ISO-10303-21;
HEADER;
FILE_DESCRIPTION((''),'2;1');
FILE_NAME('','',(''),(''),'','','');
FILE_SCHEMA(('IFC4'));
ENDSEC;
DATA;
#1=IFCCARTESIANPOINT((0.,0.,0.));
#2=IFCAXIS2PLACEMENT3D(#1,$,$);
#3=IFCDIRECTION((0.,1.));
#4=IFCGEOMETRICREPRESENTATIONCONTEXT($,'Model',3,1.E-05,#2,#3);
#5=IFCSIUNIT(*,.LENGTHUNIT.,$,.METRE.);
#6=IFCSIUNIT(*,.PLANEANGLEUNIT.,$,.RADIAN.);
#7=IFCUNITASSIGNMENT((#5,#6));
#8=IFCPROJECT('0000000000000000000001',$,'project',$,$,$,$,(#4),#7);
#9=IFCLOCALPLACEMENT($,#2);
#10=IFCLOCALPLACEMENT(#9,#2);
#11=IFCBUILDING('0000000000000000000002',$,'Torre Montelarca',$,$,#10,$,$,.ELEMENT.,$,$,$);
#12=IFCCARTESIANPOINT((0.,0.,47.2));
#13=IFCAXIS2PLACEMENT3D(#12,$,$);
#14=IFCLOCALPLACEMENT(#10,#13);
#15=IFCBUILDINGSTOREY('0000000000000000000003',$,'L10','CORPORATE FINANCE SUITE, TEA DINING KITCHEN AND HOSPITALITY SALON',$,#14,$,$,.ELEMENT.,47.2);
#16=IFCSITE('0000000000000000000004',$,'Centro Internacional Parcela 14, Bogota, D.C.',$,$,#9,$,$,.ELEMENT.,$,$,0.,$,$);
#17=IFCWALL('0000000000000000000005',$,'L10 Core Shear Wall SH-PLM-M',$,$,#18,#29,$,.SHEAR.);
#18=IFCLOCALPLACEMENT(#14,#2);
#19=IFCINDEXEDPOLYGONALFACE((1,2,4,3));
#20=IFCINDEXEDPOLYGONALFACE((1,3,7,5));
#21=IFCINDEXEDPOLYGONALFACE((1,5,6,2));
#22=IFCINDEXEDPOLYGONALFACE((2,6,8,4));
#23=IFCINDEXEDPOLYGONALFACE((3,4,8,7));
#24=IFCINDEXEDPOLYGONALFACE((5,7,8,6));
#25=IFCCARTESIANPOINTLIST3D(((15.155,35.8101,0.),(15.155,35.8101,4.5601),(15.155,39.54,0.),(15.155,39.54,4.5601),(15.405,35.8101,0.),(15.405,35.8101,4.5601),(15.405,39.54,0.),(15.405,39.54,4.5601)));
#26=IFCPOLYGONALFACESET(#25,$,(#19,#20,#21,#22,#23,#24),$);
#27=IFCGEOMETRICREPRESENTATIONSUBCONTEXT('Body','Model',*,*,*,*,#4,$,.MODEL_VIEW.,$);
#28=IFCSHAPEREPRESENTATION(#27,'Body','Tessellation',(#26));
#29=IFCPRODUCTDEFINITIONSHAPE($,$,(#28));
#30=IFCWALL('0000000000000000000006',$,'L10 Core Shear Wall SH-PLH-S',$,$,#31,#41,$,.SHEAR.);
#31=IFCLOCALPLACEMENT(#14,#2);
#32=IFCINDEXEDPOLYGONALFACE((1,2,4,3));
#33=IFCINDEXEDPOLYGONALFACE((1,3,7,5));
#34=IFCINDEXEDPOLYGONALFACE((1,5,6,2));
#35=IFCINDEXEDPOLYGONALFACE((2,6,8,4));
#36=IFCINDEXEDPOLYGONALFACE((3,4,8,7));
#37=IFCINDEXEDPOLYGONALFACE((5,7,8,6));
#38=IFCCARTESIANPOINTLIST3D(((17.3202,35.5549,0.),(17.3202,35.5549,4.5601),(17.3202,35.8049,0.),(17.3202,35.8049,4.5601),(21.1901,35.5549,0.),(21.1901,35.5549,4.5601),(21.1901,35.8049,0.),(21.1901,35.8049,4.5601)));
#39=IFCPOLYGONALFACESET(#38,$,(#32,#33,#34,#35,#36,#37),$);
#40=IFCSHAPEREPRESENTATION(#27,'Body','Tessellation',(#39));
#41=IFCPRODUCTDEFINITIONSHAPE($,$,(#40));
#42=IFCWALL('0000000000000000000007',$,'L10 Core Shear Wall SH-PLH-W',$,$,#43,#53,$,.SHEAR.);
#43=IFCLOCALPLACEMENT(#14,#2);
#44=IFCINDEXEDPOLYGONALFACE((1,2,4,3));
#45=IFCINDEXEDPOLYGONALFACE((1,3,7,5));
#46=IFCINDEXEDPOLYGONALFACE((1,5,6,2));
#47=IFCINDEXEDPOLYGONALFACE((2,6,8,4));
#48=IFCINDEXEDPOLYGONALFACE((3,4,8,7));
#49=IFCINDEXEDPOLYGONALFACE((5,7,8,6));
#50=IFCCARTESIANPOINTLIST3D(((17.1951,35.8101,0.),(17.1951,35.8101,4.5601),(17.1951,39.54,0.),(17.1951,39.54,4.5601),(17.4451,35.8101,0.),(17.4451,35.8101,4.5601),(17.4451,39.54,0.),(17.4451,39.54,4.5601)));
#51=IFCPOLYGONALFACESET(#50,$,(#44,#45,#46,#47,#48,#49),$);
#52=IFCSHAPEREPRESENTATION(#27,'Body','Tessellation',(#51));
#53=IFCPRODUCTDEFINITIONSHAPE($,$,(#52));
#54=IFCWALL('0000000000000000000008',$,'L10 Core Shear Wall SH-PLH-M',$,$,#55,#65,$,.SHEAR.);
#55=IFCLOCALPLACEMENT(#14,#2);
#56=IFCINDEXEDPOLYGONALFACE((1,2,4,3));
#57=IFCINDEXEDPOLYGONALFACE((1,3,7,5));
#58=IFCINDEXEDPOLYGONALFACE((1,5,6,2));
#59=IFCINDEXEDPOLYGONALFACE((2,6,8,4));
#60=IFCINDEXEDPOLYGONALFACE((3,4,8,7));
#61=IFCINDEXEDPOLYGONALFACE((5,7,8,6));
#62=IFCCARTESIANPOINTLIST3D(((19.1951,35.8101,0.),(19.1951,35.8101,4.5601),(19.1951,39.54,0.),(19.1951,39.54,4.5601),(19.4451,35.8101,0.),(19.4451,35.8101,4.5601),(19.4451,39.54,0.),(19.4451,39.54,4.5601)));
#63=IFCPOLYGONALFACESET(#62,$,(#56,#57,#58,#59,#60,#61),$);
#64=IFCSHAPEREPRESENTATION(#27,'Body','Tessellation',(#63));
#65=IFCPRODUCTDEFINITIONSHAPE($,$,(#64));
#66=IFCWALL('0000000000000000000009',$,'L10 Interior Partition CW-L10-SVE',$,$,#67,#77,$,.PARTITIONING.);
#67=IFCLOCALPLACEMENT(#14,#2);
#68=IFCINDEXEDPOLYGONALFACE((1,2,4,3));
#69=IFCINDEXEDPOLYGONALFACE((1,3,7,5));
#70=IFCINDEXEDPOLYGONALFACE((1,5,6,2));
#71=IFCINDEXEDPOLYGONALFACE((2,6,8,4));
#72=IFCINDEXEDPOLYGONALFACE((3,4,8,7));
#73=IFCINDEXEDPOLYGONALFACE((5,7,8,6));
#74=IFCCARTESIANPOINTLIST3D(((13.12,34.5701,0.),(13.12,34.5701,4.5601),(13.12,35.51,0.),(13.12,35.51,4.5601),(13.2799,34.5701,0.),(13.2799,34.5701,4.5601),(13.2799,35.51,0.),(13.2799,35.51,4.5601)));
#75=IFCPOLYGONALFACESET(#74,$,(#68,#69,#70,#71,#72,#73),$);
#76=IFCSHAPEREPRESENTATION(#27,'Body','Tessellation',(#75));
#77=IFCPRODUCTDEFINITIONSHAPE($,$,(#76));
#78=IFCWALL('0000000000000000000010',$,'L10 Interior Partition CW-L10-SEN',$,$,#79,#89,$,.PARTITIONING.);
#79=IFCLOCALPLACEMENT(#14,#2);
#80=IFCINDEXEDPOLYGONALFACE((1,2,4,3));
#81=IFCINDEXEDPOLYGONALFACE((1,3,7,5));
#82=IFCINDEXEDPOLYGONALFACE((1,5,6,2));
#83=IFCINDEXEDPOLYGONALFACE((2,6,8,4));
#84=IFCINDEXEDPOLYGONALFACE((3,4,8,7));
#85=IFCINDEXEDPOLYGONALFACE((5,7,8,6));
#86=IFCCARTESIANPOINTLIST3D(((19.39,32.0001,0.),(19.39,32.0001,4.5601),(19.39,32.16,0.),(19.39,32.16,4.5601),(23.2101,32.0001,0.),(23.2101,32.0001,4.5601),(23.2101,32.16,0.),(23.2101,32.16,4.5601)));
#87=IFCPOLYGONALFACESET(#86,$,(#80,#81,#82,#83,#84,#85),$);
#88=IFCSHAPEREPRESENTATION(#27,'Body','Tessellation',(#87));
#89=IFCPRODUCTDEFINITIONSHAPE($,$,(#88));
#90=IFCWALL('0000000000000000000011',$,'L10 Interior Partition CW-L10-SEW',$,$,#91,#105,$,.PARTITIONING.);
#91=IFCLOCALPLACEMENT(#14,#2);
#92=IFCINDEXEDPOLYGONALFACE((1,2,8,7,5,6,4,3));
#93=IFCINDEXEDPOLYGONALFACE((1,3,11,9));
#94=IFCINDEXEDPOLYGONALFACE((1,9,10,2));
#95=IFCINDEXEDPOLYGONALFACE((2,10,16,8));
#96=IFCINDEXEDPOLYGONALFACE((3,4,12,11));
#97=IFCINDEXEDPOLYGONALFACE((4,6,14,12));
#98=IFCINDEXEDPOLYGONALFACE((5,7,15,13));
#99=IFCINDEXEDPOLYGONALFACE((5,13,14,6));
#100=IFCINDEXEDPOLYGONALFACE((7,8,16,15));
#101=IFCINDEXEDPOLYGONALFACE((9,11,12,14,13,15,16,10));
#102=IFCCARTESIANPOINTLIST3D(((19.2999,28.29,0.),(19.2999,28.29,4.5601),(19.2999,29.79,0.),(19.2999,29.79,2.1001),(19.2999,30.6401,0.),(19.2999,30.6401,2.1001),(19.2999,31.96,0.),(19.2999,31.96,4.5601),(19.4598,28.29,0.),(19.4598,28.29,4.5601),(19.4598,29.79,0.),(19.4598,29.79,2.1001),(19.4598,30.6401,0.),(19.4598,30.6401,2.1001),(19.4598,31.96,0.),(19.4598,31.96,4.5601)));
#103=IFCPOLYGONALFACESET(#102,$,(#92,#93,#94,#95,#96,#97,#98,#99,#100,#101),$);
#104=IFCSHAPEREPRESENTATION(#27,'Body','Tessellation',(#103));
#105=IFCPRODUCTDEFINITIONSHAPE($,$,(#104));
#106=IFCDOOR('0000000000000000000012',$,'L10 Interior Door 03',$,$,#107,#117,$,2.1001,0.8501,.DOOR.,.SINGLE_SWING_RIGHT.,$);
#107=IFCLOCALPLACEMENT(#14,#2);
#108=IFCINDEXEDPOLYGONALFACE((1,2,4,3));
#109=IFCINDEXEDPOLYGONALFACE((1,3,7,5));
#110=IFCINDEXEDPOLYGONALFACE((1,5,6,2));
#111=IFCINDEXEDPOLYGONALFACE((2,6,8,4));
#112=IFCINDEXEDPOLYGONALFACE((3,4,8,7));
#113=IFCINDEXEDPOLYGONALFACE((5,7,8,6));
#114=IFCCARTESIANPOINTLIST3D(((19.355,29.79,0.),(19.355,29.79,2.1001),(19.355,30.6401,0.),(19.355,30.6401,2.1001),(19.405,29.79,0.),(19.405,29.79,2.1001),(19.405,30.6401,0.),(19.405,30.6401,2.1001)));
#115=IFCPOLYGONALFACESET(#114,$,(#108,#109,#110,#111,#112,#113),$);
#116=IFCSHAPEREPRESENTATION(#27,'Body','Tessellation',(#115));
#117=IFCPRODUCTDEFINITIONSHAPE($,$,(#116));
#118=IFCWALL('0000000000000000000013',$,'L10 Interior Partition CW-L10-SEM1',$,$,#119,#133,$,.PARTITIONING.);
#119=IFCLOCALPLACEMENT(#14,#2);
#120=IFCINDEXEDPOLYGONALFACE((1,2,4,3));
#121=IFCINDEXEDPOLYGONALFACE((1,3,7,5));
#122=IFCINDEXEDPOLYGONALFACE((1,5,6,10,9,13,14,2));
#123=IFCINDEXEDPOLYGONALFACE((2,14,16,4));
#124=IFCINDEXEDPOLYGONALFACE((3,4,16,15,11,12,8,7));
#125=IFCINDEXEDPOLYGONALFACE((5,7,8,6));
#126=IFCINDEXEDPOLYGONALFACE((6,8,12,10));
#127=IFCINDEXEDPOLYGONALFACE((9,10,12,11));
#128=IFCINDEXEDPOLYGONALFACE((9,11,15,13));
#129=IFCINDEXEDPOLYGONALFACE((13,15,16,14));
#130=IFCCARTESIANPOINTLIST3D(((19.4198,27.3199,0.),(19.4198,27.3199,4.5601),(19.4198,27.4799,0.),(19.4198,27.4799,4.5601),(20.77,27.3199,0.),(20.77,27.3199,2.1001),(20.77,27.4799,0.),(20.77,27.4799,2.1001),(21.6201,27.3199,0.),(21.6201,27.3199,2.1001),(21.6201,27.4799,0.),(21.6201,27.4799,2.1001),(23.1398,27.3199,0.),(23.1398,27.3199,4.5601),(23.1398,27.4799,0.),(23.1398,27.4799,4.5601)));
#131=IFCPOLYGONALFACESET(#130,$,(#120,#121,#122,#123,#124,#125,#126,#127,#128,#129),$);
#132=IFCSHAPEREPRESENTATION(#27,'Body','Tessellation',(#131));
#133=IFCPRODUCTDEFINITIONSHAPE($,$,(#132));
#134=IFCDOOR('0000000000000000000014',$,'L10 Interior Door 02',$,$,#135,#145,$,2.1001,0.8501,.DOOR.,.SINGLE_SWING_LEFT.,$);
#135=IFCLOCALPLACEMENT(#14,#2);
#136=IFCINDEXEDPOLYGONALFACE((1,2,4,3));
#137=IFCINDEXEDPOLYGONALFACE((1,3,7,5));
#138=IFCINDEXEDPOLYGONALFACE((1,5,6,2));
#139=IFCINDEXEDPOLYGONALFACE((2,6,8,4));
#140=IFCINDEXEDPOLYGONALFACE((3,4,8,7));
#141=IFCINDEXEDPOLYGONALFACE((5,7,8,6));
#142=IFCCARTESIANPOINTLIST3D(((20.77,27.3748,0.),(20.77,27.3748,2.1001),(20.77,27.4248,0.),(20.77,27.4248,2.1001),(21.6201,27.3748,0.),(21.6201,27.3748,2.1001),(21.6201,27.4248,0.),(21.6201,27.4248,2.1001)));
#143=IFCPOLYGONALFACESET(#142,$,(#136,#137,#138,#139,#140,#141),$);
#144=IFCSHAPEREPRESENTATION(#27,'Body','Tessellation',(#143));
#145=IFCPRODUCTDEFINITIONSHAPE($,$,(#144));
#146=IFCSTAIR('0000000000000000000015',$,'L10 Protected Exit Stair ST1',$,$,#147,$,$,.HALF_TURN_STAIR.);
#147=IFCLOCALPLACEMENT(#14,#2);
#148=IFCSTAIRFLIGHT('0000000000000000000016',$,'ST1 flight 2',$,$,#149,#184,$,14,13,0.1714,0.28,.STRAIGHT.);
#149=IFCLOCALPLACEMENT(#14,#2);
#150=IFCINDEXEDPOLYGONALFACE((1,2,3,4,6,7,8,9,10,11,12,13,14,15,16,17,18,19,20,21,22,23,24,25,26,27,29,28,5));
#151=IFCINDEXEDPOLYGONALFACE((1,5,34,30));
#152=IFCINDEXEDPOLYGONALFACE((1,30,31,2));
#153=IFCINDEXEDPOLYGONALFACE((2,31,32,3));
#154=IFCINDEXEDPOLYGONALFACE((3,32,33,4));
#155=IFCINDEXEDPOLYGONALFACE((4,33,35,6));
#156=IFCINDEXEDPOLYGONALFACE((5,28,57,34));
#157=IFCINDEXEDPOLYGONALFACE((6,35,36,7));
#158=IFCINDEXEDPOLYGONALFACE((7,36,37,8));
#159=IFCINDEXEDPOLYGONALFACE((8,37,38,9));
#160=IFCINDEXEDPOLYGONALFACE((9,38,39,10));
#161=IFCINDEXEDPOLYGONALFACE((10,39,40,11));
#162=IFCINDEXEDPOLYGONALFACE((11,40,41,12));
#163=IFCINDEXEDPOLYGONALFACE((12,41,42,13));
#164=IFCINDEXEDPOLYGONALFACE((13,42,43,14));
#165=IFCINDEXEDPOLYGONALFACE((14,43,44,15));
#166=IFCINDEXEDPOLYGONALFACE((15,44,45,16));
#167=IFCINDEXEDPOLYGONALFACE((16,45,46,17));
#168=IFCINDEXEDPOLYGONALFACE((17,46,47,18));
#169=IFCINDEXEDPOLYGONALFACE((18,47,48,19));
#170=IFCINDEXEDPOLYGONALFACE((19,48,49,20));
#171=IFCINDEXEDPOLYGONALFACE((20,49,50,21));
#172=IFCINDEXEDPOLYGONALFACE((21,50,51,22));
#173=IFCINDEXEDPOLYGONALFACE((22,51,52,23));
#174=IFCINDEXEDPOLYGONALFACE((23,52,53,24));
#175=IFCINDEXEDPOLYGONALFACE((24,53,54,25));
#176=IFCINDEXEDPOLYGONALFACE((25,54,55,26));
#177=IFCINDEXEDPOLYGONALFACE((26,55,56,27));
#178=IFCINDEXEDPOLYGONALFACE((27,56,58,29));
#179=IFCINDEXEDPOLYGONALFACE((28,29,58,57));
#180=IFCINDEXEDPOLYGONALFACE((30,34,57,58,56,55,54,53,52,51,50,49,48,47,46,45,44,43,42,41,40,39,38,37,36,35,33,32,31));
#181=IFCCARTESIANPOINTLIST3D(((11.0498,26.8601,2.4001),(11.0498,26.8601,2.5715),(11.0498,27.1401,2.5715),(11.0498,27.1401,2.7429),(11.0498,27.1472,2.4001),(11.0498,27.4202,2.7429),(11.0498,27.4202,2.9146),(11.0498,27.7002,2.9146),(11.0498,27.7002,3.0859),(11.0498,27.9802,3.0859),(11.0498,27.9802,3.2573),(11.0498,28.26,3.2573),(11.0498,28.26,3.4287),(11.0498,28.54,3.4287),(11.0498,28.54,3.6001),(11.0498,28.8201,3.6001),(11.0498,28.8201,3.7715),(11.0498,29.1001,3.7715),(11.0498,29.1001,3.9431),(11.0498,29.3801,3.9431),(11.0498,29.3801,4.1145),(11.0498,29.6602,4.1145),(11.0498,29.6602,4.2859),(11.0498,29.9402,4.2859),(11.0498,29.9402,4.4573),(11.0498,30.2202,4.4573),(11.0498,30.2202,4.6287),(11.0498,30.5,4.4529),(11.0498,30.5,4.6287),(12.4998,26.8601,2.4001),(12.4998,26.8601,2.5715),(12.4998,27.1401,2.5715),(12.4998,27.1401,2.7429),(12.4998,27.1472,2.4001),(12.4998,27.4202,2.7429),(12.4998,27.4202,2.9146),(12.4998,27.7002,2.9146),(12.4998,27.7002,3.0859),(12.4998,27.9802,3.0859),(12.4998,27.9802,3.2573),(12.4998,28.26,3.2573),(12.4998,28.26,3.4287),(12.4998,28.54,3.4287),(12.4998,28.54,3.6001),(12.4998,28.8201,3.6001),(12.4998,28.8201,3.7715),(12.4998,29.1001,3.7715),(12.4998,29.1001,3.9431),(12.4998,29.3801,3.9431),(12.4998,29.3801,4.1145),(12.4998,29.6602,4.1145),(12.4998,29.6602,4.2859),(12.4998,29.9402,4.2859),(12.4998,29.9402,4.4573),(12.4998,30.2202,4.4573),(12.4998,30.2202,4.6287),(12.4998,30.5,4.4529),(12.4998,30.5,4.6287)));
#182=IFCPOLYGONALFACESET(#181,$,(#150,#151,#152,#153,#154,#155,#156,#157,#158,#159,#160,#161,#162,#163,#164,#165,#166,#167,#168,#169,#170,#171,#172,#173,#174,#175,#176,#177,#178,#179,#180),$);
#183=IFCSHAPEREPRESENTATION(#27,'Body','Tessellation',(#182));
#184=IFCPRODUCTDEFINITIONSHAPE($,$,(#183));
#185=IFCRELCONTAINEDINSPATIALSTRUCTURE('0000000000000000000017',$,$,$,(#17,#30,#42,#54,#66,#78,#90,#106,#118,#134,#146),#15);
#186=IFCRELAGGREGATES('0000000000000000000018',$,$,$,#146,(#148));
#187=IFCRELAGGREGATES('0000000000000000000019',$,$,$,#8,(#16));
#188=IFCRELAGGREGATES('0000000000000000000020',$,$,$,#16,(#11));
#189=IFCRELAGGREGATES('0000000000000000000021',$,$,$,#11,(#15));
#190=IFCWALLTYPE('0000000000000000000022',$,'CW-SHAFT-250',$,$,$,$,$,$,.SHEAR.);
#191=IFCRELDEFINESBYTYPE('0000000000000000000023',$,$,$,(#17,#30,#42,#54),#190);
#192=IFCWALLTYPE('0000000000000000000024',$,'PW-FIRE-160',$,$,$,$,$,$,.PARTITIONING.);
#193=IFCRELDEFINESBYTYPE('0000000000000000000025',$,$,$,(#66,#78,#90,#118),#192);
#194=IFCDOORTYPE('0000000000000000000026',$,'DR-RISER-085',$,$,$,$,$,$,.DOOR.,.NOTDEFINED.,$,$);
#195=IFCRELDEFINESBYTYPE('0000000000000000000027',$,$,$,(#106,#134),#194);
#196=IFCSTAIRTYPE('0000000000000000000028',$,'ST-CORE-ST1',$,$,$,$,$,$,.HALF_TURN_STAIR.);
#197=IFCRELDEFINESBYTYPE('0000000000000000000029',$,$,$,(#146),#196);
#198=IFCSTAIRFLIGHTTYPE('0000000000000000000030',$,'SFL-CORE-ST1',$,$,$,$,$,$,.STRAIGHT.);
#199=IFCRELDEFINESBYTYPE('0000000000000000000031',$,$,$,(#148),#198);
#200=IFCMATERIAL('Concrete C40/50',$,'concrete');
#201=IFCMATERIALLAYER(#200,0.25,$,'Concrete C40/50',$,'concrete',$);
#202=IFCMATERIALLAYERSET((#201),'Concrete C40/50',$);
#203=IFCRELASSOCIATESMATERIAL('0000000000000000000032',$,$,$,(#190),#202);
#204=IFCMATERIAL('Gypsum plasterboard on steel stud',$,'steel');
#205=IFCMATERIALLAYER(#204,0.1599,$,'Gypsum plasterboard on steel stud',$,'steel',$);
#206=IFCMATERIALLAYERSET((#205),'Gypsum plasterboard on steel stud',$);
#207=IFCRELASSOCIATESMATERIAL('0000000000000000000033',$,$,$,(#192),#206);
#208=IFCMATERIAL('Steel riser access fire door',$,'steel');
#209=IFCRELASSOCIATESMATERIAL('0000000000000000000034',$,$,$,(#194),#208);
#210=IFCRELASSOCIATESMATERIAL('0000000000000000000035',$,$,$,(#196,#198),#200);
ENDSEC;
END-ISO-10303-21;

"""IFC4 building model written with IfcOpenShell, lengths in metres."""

from ifc_helpers import new_model, si_unit, direction, frame, frame_2d, origin, place, context, subcontext, project, spatial, polyline, rectangle, outline, extrude, source, transform, mapped, material, layer, layer_set, type_object, element, fill, aggregate, save


model = new_model("IFC4")

# Units and contexts
model_context = context("Model", 3, precision=1e-05, world=origin(), true_north=direction((0.0, 1.0)))
body_context = subcontext(model_context, "Body", "Model", "MODEL_VIEW")
ifc_project = project(units=[si_unit("LENGTHUNIT", "METRE"), si_unit("PLANEANGLEUNIT", "RADIAN")], contexts=[model_context])

# Site, building, storey
site_placement = place(None, origin())
site = spatial("IfcSite", under=ifc_project, at=site_placement, Name="Centro Internacional Parcela 14, Bogota, D.C.", CompositionType="ELEMENT", RefElevation=0.0)
building_placement = place(site_placement, origin())
building = spatial("IfcBuilding", under=site, at=building_placement, Name="Torre Montelarca", CompositionType="ELEMENT")
storey_placement = place(building_placement, frame((0.0, 0.0, 47.2)))
storey = spatial("IfcBuildingStorey", under=building, at=storey_placement, Name="L10", Description="CORPORATE FINANCE SUITE, TEA DINING KITCHEN AND HOSPITALITY SALON", CompositionType="ELEMENT", Elevation=47.2)

# Shared definitions
ifc_material_1 = material(Name="Concrete C40/50", Category="concrete")
ifc_layer_1 = layer(ifc_material_1, 0.25, Name="Concrete C40/50", Category="concrete")
ifc_layer_set_1 = layer_set([ifc_layer_1], Name="Concrete C40/50")
wall_type_1 = type_object("IfcWallType", Name="CW-SHAFT-250", PredefinedType="SHEAR", material=ifc_layer_set_1)

# Walls
for number, where, z_axis, x_axis, name in (
    (1, (15.28, 35.8101, 0.0), (0.0, 0.0, 1.0), (0.0, 1.0, 0.0), "L10 Core Shear Wall SH-PLM-M"),
):
    element("IfcWall", number, at=place(storey_placement, frame(where, z_axis=z_axis, x_axis=x_axis)), inside=storey, type_object=wall_type_1, Name=name, PredefinedType="SHEAR", context=body_context, shape_type="SweptSolid", body=[
        extrude(rectangle(XDim=3.73, YDim=0.25, at=frame_2d((1.865, 0.0))), origin(), (0.0, 0.0, 1.0), 4.5601),
    ])
wall_1_placement = place(storey_placement, frame((17.3201, 35.6799, 0.0), z_axis=(0.0, 0.0, 1.0), x_axis=(1.0, 0.0, 0.0)))
element("IfcWall", 2, at=wall_1_placement, inside=storey, type_object=wall_type_1, Name="L10 Core Shear Wall SH-PLH-S", PredefinedType="SHEAR", context=body_context, shape_type="SweptSolid", body=[
    extrude(rectangle(XDim=3.8699, YDim=0.25, at=frame_2d((1.9351, 0.0))), origin(), (0.0, 0.0, 1.0), 4.5601),
])
for number, where, z_axis, x_axis, name in (
    (3, (17.3201, 35.8101, 0.0), (0.0, 0.0, 1.0), (0.0, 1.0, 0.0), "L10 Core Shear Wall SH-PLH-W"),
    (4, (19.3201, 35.8101, 0.0), (0.0, 0.0, 1.0), (0.0, 1.0, 0.0), "L10 Core Shear Wall SH-PLH-M"),
):
    element("IfcWall", number, at=place(storey_placement, frame(where, z_axis=z_axis, x_axis=x_axis)), inside=storey, type_object=wall_type_1, Name=name, PredefinedType="SHEAR", context=body_context, shape_type="SweptSolid", body=[
        extrude(rectangle(XDim=3.73, YDim=0.25, at=frame_2d((1.865, 0.0))), origin(), (0.0, 0.0, 1.0), 4.5601),
    ])
ifc_material_2 = material(Name="Gypsum plasterboard on steel stud", Category="steel")
ifc_layer_2 = layer(ifc_material_2, 0.1599, Name="Gypsum plasterboard on steel stud", Category="steel")
ifc_layer_set_2 = layer_set([ifc_layer_2], Name="Gypsum plasterboard on steel stud")
wall_type_2 = type_object("IfcWallType", Name="PW-FIRE-160", PredefinedType="PARTITIONING", material=ifc_layer_set_2)
wall_2_placement = place(storey_placement, frame((13.2, 34.5701, 0.0), z_axis=(0.0, 0.0, 1.0), x_axis=(0.0, 1.0, 0.0)))
element("IfcWall", 5, at=wall_2_placement, inside=storey, type_object=wall_type_2, Name="L10 Interior Partition CW-L10-SVE", PredefinedType="PARTITIONING", context=body_context, shape_type="SweptSolid", body=[
    extrude(rectangle(XDim=0.9399, YDim=0.1599, at=frame_2d((0.47, 0.0))), origin(), (0.0, 0.0, 1.0), 4.5601),
])
wall_3_placement = place(storey_placement, frame((19.3899, 32.0801, 0.0), z_axis=(0.0, 0.0, 1.0), x_axis=(1.0, 0.0, 0.0)))
element("IfcWall", 6, at=wall_3_placement, inside=storey, type_object=wall_type_2, Name="L10 Interior Partition CW-L10-SEN", PredefinedType="PARTITIONING", context=body_context, shape_type="SweptSolid", body=[
    extrude(rectangle(XDim=3.8201, YDim=0.1599, at=frame_2d((1.9102, 0.0))), origin(), (0.0, 0.0, 1.0), 4.5601),
])

# Walls, openings, doors
wall_4_placement = place(storey_placement, frame((19.3799, 28.29, 0.0), z_axis=(0.0, 0.0, 1.0), x_axis=(0.0, 1.0, 0.0)))
wall_4 = element("IfcWall", 7, at=wall_4_placement, inside=storey, type_object=wall_type_2, Name="L10 Interior Partition CW-L10-SEW", PredefinedType="PARTITIONING", context=body_context, shape_type="SweptSolid", body=[
    extrude(rectangle(XDim=3.6699, YDim=0.1599, at=frame_2d((1.835, 0.0))), origin(), (0.0, 0.0, 1.0), 4.5601),
])
opening_1_placement = place(wall_4_placement, frame((1.5, 0.0, 0.0)))
opening_1 = element("IfcOpeningElement", 8, at=opening_1_placement, cuts=wall_4, PredefinedType="OPENING", context=body_context, shape_type="SweptSolid", body=[
    extrude(rectangle(XDim=0.8501, YDim=2.1001, at=frame_2d((0.425, 1.05))), frame((0.0, 0.0898, 0.0), z_axis=(0.0, -1.0, 0.0), x_axis=(1.0, 0.0, 0.0)), (0.0, 0.0, 1.0), 0.1799),
])
ifc_material_3 = material(Name="Steel riser access fire door", Category="steel")
door_type_1 = type_object("IfcDoorType", Name="DR-RISER-085", OperationType="NOTDEFINED", PredefinedType="DOOR", material=ifc_material_3)
shared_shape_1 = source(origin(), body_context, "Body", "SweptSolid", [
    extrude(rectangle(XDim=0.8501, YDim=2.1001, at=frame_2d((0.425, 1.05))), frame((0.0, 0.0249, 0.0), z_axis=(0.0, -1.0, 0.0), x_axis=(1.0, 0.0, 0.0)), (0.0, 0.0, 1.0), 0.05),
])
door_1_placement = place(opening_1_placement, origin())
door_1 = element("IfcDoor", 9, at=door_1_placement, inside=storey, type_object=door_type_1, Name="L10 Interior Door 03", OperationType="SINGLE_SWING_RIGHT", OverallHeight=2.1001, OverallWidth=0.8501, PredefinedType="DOOR", context=body_context, shape_type="MappedRepresentation", body=[
    mapped(shared_shape_1, transform((0.0, 0.0, 0.0), scale=1.0)),
])
fill(opening_1, door_1)
wall_5_placement = place(storey_placement, frame((19.4199, 27.3999, 0.0), z_axis=(0.0, 0.0, 1.0), x_axis=(1.0, 0.0, 0.0)))
wall_5 = element("IfcWall", 10, at=wall_5_placement, inside=storey, type_object=wall_type_2, Name="L10 Interior Partition CW-L10-SEM1", PredefinedType="PARTITIONING", context=body_context, shape_type="SweptSolid", body=[
    extrude(rectangle(XDim=3.72, YDim=0.1599, at=frame_2d((1.8599, 0.0))), origin(), (0.0, 0.0, 1.0), 4.5601),
])
opening_2_placement = place(wall_5_placement, frame((1.3501, 0.0, 0.0)))
opening_2 = element("IfcOpeningElement", 11, at=opening_2_placement, cuts=wall_5, PredefinedType="OPENING", context=body_context, shape_type="SweptSolid", body=[
    extrude(rectangle(XDim=0.8501, YDim=2.1001, at=frame_2d((0.425, 1.05))), frame((0.0, 0.0898, 0.0), z_axis=(0.0, -1.0, 0.0), x_axis=(1.0, 0.0, 0.0)), (0.0, 0.0, 1.0), 0.1799),
])
door_2_placement = place(opening_2_placement, origin())
door_2 = element("IfcDoor", 12, at=door_2_placement, inside=storey, type_object=door_type_1, Name="L10 Interior Door 02", OperationType="SINGLE_SWING_LEFT", OverallHeight=2.1001, OverallWidth=0.8501, PredefinedType="DOOR", context=body_context, shape_type="MappedRepresentation", body=[
    mapped(shared_shape_1, transform((0.0, 0.0, 0.0), scale=1.0)),
])
fill(opening_2, door_2)

# Stair, stair flight
stair_type = type_object("IfcStairType", Name="ST-CORE-ST1", PredefinedType="HALF_TURN_STAIR", material=ifc_material_1)
stair_placement = place(storey_placement, origin())
stair = element("IfcStair", 13, at=stair_placement, inside=storey, type_object=stair_type, Name="L10 Protected Exit Stair ST1", PredefinedType="HALF_TURN_STAIR")
stair_flight_type = type_object("IfcStairFlightType", Name="SFL-CORE-ST1", PredefinedType="STRAIGHT", material=ifc_material_1)
stair_flight_placement = place(storey_placement, frame((11.7749, 26.8601, 2.4001), z_axis=(0.0, 0.0, 1.0), x_axis=(0.0, 1.0, 0.0)))
stair_flight = element("IfcStairFlight", 14, at=stair_flight_placement, type_object=stair_flight_type, Name="ST1 flight 2", NumberOfRisers=14, NumberOfTreads=13, PredefinedType="STRAIGHT", RiserHeight=0.1714, TreadLength=0.28, context=body_context, shape_type="SweptSolid", body=[
    extrude(outline(polyline([(0.0, 0.0), (0.0, 0.1714), (0.28, 0.1714), (0.28, 0.3428), (0.5601, 0.3428), (0.5601, 0.5144), (0.8401, 0.5144), (0.8401, 0.6858), (1.1201, 0.6858), (1.1201, 0.8572), (1.3999, 0.8572), (1.3999, 1.0286), (1.6799, 1.0286), (1.6799, 1.2), (1.96, 1.2), (1.96, 1.3713), (2.24, 1.3713), (2.24, 1.543), (2.52, 1.543), (2.52, 1.7144), (2.8, 1.7144), (2.8, 1.8857), (3.0801, 1.8857), (3.0801, 2.0571), (3.3601, 2.0571), (3.3601, 2.2285), (3.6399, 2.2285), (3.6399, 2.3999), (3.6399, 2.0527), (0.2871, 0.0), (0.0, 0.0)])), frame((0.0, 0.7251, 0.0), z_axis=(0.0, -1.0, 0.0), x_axis=(1.0, 0.0, 0.0)), (0.0, 0.0, 1.0), 1.45),
])
aggregate(stair, [stair_flight])

save(model, "model.ifc")
